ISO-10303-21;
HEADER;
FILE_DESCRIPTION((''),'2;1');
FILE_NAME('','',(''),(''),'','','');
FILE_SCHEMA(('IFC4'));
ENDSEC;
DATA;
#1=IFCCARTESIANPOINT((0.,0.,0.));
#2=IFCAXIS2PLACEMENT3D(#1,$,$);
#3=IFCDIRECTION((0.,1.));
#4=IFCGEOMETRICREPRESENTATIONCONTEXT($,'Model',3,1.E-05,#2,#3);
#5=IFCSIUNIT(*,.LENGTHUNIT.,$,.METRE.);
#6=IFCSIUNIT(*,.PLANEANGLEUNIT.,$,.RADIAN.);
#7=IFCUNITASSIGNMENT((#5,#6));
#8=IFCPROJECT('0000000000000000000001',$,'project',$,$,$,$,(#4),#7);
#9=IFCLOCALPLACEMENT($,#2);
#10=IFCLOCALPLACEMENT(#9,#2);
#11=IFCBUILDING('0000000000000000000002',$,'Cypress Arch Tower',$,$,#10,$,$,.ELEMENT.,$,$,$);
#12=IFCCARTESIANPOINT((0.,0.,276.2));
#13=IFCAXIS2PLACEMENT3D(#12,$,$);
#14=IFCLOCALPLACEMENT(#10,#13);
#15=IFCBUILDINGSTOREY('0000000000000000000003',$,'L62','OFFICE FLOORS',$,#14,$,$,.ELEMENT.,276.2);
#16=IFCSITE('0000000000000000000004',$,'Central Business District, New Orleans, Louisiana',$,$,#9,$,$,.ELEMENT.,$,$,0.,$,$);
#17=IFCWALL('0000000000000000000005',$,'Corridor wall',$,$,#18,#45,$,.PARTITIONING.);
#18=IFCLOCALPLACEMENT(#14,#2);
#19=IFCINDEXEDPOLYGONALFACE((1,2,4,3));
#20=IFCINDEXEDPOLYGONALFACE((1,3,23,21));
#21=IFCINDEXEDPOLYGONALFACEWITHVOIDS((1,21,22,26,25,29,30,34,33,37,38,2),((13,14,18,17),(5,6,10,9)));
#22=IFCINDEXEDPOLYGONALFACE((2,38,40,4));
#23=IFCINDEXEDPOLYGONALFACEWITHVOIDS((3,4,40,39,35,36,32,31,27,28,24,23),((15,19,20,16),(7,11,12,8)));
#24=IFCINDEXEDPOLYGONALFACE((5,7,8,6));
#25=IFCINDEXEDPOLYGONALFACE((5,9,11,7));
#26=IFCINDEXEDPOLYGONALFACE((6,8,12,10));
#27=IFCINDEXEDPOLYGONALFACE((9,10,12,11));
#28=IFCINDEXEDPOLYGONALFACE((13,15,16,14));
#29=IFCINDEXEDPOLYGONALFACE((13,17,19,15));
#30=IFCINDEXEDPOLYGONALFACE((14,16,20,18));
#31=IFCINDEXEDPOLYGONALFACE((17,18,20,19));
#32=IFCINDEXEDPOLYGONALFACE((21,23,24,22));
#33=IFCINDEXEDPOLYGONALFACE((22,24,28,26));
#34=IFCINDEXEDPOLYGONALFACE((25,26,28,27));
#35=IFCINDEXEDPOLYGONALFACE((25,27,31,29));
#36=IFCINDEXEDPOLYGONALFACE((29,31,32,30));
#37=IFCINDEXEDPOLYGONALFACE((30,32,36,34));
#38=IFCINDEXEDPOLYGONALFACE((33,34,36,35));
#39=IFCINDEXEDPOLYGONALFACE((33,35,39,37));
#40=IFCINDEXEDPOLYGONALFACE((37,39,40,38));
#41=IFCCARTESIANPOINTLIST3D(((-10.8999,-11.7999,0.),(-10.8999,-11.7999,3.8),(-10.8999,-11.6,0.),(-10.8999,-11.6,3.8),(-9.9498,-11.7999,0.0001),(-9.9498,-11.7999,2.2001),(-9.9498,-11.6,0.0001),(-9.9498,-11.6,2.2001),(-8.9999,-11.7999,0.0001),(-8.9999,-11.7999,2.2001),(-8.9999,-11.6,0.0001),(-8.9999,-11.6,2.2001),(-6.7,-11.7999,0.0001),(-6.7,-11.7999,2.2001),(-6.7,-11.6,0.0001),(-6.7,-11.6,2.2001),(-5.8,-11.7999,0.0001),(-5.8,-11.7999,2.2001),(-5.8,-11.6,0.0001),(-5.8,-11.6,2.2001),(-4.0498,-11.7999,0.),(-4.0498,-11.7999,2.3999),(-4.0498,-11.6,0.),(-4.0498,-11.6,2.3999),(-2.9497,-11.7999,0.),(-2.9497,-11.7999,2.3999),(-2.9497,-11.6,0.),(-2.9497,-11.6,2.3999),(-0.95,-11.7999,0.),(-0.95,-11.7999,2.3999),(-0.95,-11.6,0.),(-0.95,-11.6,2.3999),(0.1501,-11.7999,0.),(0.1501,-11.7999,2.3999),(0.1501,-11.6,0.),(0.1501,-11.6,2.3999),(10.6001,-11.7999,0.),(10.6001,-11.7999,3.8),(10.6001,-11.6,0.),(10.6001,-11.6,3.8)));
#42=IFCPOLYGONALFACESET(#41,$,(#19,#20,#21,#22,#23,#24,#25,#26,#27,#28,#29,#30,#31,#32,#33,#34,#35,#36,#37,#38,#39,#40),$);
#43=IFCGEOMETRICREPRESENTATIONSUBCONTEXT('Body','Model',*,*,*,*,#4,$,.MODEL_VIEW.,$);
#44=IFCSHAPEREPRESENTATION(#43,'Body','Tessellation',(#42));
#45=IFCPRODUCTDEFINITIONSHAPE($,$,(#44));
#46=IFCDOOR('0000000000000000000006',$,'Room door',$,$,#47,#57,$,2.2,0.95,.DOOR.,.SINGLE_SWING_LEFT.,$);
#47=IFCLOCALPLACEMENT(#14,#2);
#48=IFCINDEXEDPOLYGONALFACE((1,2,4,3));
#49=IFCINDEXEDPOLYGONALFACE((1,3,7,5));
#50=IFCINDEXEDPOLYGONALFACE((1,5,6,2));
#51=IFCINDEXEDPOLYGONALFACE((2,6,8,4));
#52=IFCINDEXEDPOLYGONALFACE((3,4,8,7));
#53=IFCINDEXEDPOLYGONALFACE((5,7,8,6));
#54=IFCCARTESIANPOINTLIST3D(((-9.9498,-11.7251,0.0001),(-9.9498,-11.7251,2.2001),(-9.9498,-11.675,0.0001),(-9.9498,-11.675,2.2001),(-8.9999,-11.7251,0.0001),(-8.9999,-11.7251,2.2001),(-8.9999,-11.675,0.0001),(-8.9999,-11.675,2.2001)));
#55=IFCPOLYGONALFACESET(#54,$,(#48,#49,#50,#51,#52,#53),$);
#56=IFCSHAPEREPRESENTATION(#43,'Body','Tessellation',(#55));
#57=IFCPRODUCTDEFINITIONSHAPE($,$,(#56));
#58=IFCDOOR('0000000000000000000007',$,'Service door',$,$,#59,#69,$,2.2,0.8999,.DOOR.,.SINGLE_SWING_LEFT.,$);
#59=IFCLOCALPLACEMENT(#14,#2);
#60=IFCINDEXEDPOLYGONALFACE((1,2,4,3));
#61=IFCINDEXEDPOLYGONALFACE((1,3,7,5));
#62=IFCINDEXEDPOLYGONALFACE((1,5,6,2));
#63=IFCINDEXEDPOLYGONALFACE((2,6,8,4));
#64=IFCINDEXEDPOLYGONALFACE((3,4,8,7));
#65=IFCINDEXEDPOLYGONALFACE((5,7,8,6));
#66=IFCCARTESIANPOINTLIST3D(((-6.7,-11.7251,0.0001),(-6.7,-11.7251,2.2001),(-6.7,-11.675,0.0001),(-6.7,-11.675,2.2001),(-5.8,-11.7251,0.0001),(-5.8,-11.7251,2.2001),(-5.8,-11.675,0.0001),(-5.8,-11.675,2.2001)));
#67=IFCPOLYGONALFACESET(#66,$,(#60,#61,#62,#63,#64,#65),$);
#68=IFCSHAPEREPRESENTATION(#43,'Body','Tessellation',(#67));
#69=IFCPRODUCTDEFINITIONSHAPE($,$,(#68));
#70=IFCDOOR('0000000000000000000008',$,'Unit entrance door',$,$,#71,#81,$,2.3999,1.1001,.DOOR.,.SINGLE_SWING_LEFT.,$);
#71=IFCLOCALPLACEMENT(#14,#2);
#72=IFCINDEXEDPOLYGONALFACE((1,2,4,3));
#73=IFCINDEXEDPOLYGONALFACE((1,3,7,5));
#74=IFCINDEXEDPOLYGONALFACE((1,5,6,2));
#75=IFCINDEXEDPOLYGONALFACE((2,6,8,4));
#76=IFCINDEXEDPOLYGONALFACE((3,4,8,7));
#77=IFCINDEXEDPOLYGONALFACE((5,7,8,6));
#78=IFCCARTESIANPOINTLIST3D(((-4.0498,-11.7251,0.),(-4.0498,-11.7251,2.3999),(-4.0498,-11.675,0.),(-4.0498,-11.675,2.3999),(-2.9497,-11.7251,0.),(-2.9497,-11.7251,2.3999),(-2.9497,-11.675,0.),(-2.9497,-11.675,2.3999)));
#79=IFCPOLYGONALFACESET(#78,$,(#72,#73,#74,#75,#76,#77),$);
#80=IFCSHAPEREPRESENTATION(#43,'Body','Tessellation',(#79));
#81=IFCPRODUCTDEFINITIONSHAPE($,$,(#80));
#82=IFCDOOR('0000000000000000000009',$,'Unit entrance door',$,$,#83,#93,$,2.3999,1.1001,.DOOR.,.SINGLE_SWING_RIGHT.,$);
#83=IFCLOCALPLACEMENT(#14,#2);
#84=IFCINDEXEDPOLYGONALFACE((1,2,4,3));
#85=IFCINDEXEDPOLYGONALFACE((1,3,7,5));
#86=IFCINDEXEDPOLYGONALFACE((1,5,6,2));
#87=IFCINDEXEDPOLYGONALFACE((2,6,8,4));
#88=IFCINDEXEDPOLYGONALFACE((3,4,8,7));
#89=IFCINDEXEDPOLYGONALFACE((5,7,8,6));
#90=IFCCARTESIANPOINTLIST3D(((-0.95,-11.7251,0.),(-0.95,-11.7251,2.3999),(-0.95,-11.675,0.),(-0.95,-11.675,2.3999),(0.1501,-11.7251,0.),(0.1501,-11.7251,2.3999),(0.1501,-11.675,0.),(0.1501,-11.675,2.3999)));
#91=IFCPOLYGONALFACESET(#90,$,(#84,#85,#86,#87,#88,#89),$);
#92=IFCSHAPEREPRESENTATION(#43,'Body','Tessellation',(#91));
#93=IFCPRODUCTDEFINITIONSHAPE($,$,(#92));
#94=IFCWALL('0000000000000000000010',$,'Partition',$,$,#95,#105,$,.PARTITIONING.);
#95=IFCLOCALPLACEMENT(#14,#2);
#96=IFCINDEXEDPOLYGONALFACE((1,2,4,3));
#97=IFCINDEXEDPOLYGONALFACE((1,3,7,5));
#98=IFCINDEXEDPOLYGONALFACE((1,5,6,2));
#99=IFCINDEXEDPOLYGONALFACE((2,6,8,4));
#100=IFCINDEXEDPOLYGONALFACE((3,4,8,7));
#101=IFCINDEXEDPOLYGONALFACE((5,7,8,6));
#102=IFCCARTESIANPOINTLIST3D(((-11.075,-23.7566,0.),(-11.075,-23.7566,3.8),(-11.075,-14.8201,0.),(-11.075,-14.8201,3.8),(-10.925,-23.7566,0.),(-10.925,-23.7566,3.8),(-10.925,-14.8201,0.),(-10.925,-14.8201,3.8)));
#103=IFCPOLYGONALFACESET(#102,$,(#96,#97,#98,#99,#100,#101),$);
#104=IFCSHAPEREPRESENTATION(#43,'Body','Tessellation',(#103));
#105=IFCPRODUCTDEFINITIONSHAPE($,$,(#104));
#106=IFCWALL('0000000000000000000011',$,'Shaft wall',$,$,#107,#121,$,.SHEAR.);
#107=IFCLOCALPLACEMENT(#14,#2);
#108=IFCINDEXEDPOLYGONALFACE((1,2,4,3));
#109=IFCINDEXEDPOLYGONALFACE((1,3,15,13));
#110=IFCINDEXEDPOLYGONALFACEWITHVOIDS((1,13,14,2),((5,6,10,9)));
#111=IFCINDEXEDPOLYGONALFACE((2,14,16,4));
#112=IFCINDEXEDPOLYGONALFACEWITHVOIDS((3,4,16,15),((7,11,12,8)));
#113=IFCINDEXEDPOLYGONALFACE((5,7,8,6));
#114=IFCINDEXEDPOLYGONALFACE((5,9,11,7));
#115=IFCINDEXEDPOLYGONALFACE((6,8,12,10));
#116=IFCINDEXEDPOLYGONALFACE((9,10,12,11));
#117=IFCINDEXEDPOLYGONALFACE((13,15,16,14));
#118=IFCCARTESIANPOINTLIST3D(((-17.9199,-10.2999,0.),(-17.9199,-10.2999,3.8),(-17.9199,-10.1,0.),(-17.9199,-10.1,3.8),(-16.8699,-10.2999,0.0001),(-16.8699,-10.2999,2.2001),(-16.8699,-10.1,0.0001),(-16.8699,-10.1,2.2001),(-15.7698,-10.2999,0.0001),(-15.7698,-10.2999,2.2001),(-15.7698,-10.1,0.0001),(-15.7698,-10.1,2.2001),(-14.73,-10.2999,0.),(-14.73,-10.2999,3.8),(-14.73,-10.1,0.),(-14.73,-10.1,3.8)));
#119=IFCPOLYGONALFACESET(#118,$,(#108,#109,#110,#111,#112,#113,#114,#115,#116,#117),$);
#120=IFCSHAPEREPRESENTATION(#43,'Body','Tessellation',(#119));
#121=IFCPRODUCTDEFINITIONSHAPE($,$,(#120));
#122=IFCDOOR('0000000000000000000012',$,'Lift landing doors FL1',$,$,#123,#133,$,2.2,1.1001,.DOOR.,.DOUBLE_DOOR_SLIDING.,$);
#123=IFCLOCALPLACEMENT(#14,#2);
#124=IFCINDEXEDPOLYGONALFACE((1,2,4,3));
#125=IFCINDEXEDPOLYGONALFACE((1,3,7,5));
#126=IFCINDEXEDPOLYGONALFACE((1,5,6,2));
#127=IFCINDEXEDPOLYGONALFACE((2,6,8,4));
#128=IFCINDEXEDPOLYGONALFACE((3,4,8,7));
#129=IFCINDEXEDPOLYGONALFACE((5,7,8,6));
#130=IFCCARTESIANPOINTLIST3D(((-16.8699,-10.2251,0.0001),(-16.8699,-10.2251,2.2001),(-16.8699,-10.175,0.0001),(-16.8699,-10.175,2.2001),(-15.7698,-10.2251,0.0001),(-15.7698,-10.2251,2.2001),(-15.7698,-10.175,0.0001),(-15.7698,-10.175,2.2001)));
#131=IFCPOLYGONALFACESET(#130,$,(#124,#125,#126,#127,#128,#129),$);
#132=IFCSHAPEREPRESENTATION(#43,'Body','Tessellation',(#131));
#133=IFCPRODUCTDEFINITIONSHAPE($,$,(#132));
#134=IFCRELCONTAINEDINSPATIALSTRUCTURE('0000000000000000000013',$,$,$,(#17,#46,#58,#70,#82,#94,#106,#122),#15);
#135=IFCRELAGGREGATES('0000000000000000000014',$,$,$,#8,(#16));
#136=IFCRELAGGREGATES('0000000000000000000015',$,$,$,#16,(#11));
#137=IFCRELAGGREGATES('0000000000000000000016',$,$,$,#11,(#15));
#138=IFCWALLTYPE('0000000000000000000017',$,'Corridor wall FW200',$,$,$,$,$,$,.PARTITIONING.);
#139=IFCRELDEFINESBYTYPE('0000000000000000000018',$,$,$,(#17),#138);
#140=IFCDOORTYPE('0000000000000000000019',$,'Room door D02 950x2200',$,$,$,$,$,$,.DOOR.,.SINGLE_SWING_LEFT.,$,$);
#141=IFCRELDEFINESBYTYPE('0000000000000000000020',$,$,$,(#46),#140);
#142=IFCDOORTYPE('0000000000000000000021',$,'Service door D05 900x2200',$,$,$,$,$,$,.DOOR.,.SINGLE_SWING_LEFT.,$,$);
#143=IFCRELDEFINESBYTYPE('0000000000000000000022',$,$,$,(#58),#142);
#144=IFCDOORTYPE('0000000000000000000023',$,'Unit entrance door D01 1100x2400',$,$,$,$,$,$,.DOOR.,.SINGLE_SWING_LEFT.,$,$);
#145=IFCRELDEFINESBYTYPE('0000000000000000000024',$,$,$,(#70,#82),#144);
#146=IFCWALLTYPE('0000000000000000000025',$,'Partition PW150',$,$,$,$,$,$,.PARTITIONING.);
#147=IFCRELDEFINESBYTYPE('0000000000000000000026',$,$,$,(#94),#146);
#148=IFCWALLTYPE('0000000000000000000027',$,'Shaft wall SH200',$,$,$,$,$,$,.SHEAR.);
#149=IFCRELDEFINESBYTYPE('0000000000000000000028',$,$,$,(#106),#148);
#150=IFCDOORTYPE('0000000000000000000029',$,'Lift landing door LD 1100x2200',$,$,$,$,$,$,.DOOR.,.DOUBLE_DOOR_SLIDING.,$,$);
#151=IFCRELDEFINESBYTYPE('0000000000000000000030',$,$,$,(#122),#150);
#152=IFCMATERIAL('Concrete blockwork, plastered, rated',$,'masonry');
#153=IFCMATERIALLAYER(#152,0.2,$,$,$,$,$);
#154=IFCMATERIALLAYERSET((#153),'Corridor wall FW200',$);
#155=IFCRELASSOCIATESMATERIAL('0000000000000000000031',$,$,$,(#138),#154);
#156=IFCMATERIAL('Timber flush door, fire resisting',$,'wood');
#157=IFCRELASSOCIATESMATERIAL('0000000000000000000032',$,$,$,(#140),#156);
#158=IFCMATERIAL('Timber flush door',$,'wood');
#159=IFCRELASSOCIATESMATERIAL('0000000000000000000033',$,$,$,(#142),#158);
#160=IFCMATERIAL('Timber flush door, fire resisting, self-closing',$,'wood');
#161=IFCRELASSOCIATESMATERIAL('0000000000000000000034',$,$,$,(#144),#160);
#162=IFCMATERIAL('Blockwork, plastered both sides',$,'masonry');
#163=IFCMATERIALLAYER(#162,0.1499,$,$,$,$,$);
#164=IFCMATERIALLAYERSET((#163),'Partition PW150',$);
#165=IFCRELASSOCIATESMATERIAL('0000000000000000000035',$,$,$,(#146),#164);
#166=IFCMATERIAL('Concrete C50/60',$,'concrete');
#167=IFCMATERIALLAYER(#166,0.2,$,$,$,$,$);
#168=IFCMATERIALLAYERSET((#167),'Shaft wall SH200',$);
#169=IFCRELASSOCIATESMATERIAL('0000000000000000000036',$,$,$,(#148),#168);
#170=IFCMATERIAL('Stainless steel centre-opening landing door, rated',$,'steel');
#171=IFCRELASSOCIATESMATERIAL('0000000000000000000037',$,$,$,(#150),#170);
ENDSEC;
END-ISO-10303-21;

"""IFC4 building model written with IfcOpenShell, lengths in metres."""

from ifc_helpers import new_model, si_unit, direction, frame, frame_2d, origin, place, context, subcontext, project, spatial, rectangle, extrude, material, layer, layer_set, type_object, element, fill, save


model = new_model("IFC4")

# Units and contexts
model_context = context("Model", 3, precision=1e-05, world=origin(), true_north=direction((0.0, 1.0)))
body_context = subcontext(model_context, "Body", "Model", "MODEL_VIEW")
ifc_project = project(units=[si_unit("LENGTHUNIT", "METRE"), si_unit("PLANEANGLEUNIT", "RADIAN")], contexts=[model_context])

# Site, building, storey
site_placement = place(None, origin())
site = spatial("IfcSite", under=ifc_project, at=site_placement, Name="Central Business District, New Orleans, Louisiana", CompositionType="ELEMENT", RefElevation=0.0)
building_placement = place(site_placement, origin())
building = spatial("IfcBuilding", under=site, at=building_placement, Name="Cypress Arch Tower", CompositionType="ELEMENT")
storey_placement = place(building_placement, frame((0.0, 0.0, 276.2)))
storey = spatial("IfcBuildingStorey", under=building, at=storey_placement, Name="L62", Description="OFFICE FLOORS", CompositionType="ELEMENT", Elevation=276.2)

# Shared definitions
ifc_material_1 = material(Name="Concrete blockwork, plastered, rated", Category="masonry")
ifc_layer_1 = layer(ifc_material_1, 0.2)
ifc_layer_set_1 = layer_set([ifc_layer_1], Name="Corridor wall FW200")
wall_type_1 = type_object("IfcWallType", Name="Corridor wall FW200", PredefinedType="PARTITIONING", material=ifc_layer_set_1)

# Wall, openings, doors
wall_1_placement = place(storey_placement, frame((-10.8999, -11.7, 0.0), z_axis=(0.0, 0.0, 1.0), x_axis=(1.0, 0.0, 0.0)))
wall_1 = element("IfcWall", 1, at=wall_1_placement, inside=storey, type_object=wall_type_1, Name="Corridor wall", PredefinedType="PARTITIONING", context=body_context, shape_type="SweptSolid", body=[
    extrude(rectangle(XDim=21.5, YDim=0.2, at=frame_2d((10.75, 0.0))), origin(), (0.0, 0.0, 1.0), 3.8),
])
opening_1_placement = place(wall_1_placement, frame((0.95, 0.0, 0.0)))
opening_1 = element("IfcOpeningElement", 2, at=opening_1_placement, cuts=wall_1, PredefinedType="OPENING", context=body_context, shape_type="SweptSolid", body=[
    extrude(rectangle(XDim=0.95, YDim=2.2, at=frame_2d((0.4751, 1.1001))), frame((0.0, 0.1099, 0.0), z_axis=(0.0, -1.0, 0.0), x_axis=(1.0, 0.0, 0.0)), (0.0, 0.0, 1.0), 0.22),
])
opening_2_placement = place(wall_1_placement, frame((4.2, 0.0, 0.0)))
opening_2 = element("IfcOpeningElement", 3, at=opening_2_placement, cuts=wall_1, PredefinedType="OPENING", context=body_context, shape_type="SweptSolid", body=[
    extrude(rectangle(XDim=0.8999, YDim=2.2, at=frame_2d((0.45, 1.1001))), frame((0.0, 0.1099, 0.0), z_axis=(0.0, -1.0, 0.0), x_axis=(1.0, 0.0, 0.0)), (0.0, 0.0, 1.0), 0.22),
])
opening_3_placement = place(wall_1_placement, frame((6.8501, 0.0, 0.0)))
opening_3 = element("IfcOpeningElement", 4, at=opening_3_placement, cuts=wall_1, PredefinedType="OPENING", context=body_context, shape_type="SweptSolid", body=[
    extrude(rectangle(XDim=1.1001, YDim=2.3999, at=frame_2d((0.55, 1.2))), frame((0.0, 0.1099, 0.0), z_axis=(0.0, -1.0, 0.0), x_axis=(1.0, 0.0, 0.0)), (0.0, 0.0, 1.0), 0.22),
])
opening_4_placement = place(wall_1_placement, frame((9.95, 0.0, 0.0)))
opening_4 = element("IfcOpeningElement", 5, at=opening_4_placement, cuts=wall_1, PredefinedType="OPENING", context=body_context, shape_type="SweptSolid", body=[
    extrude(rectangle(XDim=1.1001, YDim=2.3999, at=frame_2d((0.55, 1.2))), frame((0.0, 0.1099, 0.0), z_axis=(0.0, -1.0, 0.0), x_axis=(1.0, 0.0, 0.0)), (0.0, 0.0, 1.0), 0.22),
])
ifc_material_2 = material(Name="Timber flush door, fire resisting", Category="wood")
door_type_1 = type_object("IfcDoorType", Name="Room door D02 950x2200", OperationType="SINGLE_SWING_LEFT", PredefinedType="DOOR", material=ifc_material_2)
door_1_placement = place(opening_1_placement, origin())
door_1 = element("IfcDoor", 6, at=door_1_placement, inside=storey, type_object=door_type_1, Name="Room door", OperationType="SINGLE_SWING_LEFT", OverallHeight=2.2, OverallWidth=0.95, PredefinedType="DOOR", context=body_context, shape_type="SweptSolid", body=[
    extrude(rectangle(XDim=0.95, YDim=2.2, at=frame_2d((0.4751, 1.1001))), frame((0.0, 0.0249, 0.0), z_axis=(0.0, -1.0, 0.0), x_axis=(1.0, 0.0, 0.0)), (0.0, 0.0, 1.0), 0.05),
])
fill(opening_1, door_1)
ifc_material_3 = material(Name="Timber flush door", Category="wood")
door_type_2 = type_object("IfcDoorType", Name="Service door D05 900x2200", OperationType="SINGLE_SWING_LEFT", PredefinedType="DOOR", material=ifc_material_3)
door_2_placement = place(opening_2_placement, origin())
door_2 = element("IfcDoor", 7, at=door_2_placement, inside=storey, type_object=door_type_2, Name="Service door", OperationType="SINGLE_SWING_LEFT", OverallHeight=2.2, OverallWidth=0.8999, PredefinedType="DOOR", context=body_context, shape_type="SweptSolid", body=[
    extrude(rectangle(XDim=0.8999, YDim=2.2, at=frame_2d((0.45, 1.1001))), frame((0.0, 0.0249, 0.0), z_axis=(0.0, -1.0, 0.0), x_axis=(1.0, 0.0, 0.0)), (0.0, 0.0, 1.0), 0.05),
])
fill(opening_2, door_2)
ifc_material_4 = material(Name="Timber flush door, fire resisting, self-closing", Category="wood")
door_type_3 = type_object("IfcDoorType", Name="Unit entrance door D01 1100x2400", OperationType="SINGLE_SWING_LEFT", PredefinedType="DOOR", material=ifc_material_4)
door_3_placement = place(opening_3_placement, origin())
door_3 = element("IfcDoor", 8, at=door_3_placement, inside=storey, type_object=door_type_3, Name="Unit entrance door", OperationType="SINGLE_SWING_LEFT", OverallHeight=2.3999, OverallWidth=1.1001, PredefinedType="DOOR", context=body_context, shape_type="SweptSolid", body=[
    extrude(rectangle(XDim=1.1001, YDim=2.3999, at=frame_2d((0.55, 1.2))), frame((0.0, 0.0249, 0.0), z_axis=(0.0, -1.0, 0.0), x_axis=(1.0, 0.0, 0.0)), (0.0, 0.0, 1.0), 0.05),
])
fill(opening_3, door_3)
door_4_placement = place(opening_4_placement, origin())
door_4 = element("IfcDoor", 9, at=door_4_placement, inside=storey, type_object=door_type_3, Name="Unit entrance door", OperationType="SINGLE_SWING_RIGHT", OverallHeight=2.3999, OverallWidth=1.1001, PredefinedType="DOOR", context=body_context, shape_type="SweptSolid", body=[
    extrude(rectangle(XDim=1.1001, YDim=2.3999, at=frame_2d((0.55, 1.2))), frame((0.0, 0.0249, 0.0), z_axis=(0.0, -1.0, 0.0), x_axis=(1.0, 0.0, 0.0)), (0.0, 0.0, 1.0), 0.05),
])
fill(opening_4, door_4)

# Wall
ifc_material_5 = material(Name="Blockwork, plastered both sides", Category="masonry")
ifc_layer_2 = layer(ifc_material_5, 0.1499)
ifc_layer_set_2 = layer_set([ifc_layer_2], Name="Partition PW150")
wall_type_2 = type_object("IfcWallType", Name="Partition PW150", PredefinedType="PARTITIONING", material=ifc_layer_set_2)
wall_2_placement = place(storey_placement, frame((-11.0, -23.7566, 0.0), z_axis=(0.0, 0.0, 1.0), x_axis=(0.0, 1.0, 0.0)))
element("IfcWall", 10, at=wall_2_placement, inside=storey, type_object=wall_type_2, Name="Partition", PredefinedType="PARTITIONING", context=body_context, shape_type="SweptSolid", body=[
    extrude(rectangle(XDim=8.9365, YDim=0.1499, at=frame_2d((4.4683, 0.0))), origin(), (0.0, 0.0, 1.0), 3.8),
])

# Wall, opening, door
ifc_material_6 = material(Name="Concrete C50/60", Category="concrete")
ifc_layer_3 = layer(ifc_material_6, 0.2)
ifc_layer_set_3 = layer_set([ifc_layer_3], Name="Shaft wall SH200")
wall_type_3 = type_object("IfcWallType", Name="Shaft wall SH200", PredefinedType="SHEAR", material=ifc_layer_set_3)
wall_3_placement = place(storey_placement, frame((-17.9199, -10.2, 0.0), z_axis=(0.0, 0.0, 1.0), x_axis=(1.0, 0.0, 0.0)))
wall_3 = element("IfcWall", 11, at=wall_3_placement, inside=storey, type_object=wall_type_3, Name="Shaft wall", PredefinedType="SHEAR", context=body_context, shape_type="SweptSolid", body=[
    extrude(rectangle(XDim=3.1899, YDim=0.2, at=frame_2d((1.595, 0.0))), origin(), (0.0, 0.0, 1.0), 3.8),
])
opening_5_placement = place(wall_3_placement, frame((1.05, 0.0, 0.0)))
opening_5 = element("IfcOpeningElement", 12, at=opening_5_placement, cuts=wall_3, PredefinedType="OPENING", context=body_context, shape_type="SweptSolid", body=[
    extrude(rectangle(XDim=1.1001, YDim=2.2, at=frame_2d((0.55, 1.1001))), frame((0.0, 0.1099, 0.0), z_axis=(0.0, -1.0, 0.0), x_axis=(1.0, 0.0, 0.0)), (0.0, 0.0, 1.0), 0.22),
])
ifc_material_7 = material(Name="Stainless steel centre-opening landing door, rated", Category="steel")
door_type_4 = type_object("IfcDoorType", Name="Lift landing door LD 1100x2200", OperationType="DOUBLE_DOOR_SLIDING", PredefinedType="DOOR", material=ifc_material_7)
door_5_placement = place(opening_5_placement, origin())
door_5 = element("IfcDoor", 13, at=door_5_placement, inside=storey, type_object=door_type_4, Name="Lift landing doors FL1", OperationType="DOUBLE_DOOR_SLIDING", OverallHeight=2.2, OverallWidth=1.1001, PredefinedType="DOOR", context=body_context, shape_type="SweptSolid", body=[
    extrude(rectangle(XDim=1.1001, YDim=2.2, at=frame_2d((0.55, 1.1001))), frame((0.0, 0.0249, 0.0), z_axis=(0.0, -1.0, 0.0), x_axis=(1.0, 0.0, 0.0)), (0.0, 0.0, 1.0), 0.05),
])
fill(opening_5, door_5)

save(model, "model.ifc")
